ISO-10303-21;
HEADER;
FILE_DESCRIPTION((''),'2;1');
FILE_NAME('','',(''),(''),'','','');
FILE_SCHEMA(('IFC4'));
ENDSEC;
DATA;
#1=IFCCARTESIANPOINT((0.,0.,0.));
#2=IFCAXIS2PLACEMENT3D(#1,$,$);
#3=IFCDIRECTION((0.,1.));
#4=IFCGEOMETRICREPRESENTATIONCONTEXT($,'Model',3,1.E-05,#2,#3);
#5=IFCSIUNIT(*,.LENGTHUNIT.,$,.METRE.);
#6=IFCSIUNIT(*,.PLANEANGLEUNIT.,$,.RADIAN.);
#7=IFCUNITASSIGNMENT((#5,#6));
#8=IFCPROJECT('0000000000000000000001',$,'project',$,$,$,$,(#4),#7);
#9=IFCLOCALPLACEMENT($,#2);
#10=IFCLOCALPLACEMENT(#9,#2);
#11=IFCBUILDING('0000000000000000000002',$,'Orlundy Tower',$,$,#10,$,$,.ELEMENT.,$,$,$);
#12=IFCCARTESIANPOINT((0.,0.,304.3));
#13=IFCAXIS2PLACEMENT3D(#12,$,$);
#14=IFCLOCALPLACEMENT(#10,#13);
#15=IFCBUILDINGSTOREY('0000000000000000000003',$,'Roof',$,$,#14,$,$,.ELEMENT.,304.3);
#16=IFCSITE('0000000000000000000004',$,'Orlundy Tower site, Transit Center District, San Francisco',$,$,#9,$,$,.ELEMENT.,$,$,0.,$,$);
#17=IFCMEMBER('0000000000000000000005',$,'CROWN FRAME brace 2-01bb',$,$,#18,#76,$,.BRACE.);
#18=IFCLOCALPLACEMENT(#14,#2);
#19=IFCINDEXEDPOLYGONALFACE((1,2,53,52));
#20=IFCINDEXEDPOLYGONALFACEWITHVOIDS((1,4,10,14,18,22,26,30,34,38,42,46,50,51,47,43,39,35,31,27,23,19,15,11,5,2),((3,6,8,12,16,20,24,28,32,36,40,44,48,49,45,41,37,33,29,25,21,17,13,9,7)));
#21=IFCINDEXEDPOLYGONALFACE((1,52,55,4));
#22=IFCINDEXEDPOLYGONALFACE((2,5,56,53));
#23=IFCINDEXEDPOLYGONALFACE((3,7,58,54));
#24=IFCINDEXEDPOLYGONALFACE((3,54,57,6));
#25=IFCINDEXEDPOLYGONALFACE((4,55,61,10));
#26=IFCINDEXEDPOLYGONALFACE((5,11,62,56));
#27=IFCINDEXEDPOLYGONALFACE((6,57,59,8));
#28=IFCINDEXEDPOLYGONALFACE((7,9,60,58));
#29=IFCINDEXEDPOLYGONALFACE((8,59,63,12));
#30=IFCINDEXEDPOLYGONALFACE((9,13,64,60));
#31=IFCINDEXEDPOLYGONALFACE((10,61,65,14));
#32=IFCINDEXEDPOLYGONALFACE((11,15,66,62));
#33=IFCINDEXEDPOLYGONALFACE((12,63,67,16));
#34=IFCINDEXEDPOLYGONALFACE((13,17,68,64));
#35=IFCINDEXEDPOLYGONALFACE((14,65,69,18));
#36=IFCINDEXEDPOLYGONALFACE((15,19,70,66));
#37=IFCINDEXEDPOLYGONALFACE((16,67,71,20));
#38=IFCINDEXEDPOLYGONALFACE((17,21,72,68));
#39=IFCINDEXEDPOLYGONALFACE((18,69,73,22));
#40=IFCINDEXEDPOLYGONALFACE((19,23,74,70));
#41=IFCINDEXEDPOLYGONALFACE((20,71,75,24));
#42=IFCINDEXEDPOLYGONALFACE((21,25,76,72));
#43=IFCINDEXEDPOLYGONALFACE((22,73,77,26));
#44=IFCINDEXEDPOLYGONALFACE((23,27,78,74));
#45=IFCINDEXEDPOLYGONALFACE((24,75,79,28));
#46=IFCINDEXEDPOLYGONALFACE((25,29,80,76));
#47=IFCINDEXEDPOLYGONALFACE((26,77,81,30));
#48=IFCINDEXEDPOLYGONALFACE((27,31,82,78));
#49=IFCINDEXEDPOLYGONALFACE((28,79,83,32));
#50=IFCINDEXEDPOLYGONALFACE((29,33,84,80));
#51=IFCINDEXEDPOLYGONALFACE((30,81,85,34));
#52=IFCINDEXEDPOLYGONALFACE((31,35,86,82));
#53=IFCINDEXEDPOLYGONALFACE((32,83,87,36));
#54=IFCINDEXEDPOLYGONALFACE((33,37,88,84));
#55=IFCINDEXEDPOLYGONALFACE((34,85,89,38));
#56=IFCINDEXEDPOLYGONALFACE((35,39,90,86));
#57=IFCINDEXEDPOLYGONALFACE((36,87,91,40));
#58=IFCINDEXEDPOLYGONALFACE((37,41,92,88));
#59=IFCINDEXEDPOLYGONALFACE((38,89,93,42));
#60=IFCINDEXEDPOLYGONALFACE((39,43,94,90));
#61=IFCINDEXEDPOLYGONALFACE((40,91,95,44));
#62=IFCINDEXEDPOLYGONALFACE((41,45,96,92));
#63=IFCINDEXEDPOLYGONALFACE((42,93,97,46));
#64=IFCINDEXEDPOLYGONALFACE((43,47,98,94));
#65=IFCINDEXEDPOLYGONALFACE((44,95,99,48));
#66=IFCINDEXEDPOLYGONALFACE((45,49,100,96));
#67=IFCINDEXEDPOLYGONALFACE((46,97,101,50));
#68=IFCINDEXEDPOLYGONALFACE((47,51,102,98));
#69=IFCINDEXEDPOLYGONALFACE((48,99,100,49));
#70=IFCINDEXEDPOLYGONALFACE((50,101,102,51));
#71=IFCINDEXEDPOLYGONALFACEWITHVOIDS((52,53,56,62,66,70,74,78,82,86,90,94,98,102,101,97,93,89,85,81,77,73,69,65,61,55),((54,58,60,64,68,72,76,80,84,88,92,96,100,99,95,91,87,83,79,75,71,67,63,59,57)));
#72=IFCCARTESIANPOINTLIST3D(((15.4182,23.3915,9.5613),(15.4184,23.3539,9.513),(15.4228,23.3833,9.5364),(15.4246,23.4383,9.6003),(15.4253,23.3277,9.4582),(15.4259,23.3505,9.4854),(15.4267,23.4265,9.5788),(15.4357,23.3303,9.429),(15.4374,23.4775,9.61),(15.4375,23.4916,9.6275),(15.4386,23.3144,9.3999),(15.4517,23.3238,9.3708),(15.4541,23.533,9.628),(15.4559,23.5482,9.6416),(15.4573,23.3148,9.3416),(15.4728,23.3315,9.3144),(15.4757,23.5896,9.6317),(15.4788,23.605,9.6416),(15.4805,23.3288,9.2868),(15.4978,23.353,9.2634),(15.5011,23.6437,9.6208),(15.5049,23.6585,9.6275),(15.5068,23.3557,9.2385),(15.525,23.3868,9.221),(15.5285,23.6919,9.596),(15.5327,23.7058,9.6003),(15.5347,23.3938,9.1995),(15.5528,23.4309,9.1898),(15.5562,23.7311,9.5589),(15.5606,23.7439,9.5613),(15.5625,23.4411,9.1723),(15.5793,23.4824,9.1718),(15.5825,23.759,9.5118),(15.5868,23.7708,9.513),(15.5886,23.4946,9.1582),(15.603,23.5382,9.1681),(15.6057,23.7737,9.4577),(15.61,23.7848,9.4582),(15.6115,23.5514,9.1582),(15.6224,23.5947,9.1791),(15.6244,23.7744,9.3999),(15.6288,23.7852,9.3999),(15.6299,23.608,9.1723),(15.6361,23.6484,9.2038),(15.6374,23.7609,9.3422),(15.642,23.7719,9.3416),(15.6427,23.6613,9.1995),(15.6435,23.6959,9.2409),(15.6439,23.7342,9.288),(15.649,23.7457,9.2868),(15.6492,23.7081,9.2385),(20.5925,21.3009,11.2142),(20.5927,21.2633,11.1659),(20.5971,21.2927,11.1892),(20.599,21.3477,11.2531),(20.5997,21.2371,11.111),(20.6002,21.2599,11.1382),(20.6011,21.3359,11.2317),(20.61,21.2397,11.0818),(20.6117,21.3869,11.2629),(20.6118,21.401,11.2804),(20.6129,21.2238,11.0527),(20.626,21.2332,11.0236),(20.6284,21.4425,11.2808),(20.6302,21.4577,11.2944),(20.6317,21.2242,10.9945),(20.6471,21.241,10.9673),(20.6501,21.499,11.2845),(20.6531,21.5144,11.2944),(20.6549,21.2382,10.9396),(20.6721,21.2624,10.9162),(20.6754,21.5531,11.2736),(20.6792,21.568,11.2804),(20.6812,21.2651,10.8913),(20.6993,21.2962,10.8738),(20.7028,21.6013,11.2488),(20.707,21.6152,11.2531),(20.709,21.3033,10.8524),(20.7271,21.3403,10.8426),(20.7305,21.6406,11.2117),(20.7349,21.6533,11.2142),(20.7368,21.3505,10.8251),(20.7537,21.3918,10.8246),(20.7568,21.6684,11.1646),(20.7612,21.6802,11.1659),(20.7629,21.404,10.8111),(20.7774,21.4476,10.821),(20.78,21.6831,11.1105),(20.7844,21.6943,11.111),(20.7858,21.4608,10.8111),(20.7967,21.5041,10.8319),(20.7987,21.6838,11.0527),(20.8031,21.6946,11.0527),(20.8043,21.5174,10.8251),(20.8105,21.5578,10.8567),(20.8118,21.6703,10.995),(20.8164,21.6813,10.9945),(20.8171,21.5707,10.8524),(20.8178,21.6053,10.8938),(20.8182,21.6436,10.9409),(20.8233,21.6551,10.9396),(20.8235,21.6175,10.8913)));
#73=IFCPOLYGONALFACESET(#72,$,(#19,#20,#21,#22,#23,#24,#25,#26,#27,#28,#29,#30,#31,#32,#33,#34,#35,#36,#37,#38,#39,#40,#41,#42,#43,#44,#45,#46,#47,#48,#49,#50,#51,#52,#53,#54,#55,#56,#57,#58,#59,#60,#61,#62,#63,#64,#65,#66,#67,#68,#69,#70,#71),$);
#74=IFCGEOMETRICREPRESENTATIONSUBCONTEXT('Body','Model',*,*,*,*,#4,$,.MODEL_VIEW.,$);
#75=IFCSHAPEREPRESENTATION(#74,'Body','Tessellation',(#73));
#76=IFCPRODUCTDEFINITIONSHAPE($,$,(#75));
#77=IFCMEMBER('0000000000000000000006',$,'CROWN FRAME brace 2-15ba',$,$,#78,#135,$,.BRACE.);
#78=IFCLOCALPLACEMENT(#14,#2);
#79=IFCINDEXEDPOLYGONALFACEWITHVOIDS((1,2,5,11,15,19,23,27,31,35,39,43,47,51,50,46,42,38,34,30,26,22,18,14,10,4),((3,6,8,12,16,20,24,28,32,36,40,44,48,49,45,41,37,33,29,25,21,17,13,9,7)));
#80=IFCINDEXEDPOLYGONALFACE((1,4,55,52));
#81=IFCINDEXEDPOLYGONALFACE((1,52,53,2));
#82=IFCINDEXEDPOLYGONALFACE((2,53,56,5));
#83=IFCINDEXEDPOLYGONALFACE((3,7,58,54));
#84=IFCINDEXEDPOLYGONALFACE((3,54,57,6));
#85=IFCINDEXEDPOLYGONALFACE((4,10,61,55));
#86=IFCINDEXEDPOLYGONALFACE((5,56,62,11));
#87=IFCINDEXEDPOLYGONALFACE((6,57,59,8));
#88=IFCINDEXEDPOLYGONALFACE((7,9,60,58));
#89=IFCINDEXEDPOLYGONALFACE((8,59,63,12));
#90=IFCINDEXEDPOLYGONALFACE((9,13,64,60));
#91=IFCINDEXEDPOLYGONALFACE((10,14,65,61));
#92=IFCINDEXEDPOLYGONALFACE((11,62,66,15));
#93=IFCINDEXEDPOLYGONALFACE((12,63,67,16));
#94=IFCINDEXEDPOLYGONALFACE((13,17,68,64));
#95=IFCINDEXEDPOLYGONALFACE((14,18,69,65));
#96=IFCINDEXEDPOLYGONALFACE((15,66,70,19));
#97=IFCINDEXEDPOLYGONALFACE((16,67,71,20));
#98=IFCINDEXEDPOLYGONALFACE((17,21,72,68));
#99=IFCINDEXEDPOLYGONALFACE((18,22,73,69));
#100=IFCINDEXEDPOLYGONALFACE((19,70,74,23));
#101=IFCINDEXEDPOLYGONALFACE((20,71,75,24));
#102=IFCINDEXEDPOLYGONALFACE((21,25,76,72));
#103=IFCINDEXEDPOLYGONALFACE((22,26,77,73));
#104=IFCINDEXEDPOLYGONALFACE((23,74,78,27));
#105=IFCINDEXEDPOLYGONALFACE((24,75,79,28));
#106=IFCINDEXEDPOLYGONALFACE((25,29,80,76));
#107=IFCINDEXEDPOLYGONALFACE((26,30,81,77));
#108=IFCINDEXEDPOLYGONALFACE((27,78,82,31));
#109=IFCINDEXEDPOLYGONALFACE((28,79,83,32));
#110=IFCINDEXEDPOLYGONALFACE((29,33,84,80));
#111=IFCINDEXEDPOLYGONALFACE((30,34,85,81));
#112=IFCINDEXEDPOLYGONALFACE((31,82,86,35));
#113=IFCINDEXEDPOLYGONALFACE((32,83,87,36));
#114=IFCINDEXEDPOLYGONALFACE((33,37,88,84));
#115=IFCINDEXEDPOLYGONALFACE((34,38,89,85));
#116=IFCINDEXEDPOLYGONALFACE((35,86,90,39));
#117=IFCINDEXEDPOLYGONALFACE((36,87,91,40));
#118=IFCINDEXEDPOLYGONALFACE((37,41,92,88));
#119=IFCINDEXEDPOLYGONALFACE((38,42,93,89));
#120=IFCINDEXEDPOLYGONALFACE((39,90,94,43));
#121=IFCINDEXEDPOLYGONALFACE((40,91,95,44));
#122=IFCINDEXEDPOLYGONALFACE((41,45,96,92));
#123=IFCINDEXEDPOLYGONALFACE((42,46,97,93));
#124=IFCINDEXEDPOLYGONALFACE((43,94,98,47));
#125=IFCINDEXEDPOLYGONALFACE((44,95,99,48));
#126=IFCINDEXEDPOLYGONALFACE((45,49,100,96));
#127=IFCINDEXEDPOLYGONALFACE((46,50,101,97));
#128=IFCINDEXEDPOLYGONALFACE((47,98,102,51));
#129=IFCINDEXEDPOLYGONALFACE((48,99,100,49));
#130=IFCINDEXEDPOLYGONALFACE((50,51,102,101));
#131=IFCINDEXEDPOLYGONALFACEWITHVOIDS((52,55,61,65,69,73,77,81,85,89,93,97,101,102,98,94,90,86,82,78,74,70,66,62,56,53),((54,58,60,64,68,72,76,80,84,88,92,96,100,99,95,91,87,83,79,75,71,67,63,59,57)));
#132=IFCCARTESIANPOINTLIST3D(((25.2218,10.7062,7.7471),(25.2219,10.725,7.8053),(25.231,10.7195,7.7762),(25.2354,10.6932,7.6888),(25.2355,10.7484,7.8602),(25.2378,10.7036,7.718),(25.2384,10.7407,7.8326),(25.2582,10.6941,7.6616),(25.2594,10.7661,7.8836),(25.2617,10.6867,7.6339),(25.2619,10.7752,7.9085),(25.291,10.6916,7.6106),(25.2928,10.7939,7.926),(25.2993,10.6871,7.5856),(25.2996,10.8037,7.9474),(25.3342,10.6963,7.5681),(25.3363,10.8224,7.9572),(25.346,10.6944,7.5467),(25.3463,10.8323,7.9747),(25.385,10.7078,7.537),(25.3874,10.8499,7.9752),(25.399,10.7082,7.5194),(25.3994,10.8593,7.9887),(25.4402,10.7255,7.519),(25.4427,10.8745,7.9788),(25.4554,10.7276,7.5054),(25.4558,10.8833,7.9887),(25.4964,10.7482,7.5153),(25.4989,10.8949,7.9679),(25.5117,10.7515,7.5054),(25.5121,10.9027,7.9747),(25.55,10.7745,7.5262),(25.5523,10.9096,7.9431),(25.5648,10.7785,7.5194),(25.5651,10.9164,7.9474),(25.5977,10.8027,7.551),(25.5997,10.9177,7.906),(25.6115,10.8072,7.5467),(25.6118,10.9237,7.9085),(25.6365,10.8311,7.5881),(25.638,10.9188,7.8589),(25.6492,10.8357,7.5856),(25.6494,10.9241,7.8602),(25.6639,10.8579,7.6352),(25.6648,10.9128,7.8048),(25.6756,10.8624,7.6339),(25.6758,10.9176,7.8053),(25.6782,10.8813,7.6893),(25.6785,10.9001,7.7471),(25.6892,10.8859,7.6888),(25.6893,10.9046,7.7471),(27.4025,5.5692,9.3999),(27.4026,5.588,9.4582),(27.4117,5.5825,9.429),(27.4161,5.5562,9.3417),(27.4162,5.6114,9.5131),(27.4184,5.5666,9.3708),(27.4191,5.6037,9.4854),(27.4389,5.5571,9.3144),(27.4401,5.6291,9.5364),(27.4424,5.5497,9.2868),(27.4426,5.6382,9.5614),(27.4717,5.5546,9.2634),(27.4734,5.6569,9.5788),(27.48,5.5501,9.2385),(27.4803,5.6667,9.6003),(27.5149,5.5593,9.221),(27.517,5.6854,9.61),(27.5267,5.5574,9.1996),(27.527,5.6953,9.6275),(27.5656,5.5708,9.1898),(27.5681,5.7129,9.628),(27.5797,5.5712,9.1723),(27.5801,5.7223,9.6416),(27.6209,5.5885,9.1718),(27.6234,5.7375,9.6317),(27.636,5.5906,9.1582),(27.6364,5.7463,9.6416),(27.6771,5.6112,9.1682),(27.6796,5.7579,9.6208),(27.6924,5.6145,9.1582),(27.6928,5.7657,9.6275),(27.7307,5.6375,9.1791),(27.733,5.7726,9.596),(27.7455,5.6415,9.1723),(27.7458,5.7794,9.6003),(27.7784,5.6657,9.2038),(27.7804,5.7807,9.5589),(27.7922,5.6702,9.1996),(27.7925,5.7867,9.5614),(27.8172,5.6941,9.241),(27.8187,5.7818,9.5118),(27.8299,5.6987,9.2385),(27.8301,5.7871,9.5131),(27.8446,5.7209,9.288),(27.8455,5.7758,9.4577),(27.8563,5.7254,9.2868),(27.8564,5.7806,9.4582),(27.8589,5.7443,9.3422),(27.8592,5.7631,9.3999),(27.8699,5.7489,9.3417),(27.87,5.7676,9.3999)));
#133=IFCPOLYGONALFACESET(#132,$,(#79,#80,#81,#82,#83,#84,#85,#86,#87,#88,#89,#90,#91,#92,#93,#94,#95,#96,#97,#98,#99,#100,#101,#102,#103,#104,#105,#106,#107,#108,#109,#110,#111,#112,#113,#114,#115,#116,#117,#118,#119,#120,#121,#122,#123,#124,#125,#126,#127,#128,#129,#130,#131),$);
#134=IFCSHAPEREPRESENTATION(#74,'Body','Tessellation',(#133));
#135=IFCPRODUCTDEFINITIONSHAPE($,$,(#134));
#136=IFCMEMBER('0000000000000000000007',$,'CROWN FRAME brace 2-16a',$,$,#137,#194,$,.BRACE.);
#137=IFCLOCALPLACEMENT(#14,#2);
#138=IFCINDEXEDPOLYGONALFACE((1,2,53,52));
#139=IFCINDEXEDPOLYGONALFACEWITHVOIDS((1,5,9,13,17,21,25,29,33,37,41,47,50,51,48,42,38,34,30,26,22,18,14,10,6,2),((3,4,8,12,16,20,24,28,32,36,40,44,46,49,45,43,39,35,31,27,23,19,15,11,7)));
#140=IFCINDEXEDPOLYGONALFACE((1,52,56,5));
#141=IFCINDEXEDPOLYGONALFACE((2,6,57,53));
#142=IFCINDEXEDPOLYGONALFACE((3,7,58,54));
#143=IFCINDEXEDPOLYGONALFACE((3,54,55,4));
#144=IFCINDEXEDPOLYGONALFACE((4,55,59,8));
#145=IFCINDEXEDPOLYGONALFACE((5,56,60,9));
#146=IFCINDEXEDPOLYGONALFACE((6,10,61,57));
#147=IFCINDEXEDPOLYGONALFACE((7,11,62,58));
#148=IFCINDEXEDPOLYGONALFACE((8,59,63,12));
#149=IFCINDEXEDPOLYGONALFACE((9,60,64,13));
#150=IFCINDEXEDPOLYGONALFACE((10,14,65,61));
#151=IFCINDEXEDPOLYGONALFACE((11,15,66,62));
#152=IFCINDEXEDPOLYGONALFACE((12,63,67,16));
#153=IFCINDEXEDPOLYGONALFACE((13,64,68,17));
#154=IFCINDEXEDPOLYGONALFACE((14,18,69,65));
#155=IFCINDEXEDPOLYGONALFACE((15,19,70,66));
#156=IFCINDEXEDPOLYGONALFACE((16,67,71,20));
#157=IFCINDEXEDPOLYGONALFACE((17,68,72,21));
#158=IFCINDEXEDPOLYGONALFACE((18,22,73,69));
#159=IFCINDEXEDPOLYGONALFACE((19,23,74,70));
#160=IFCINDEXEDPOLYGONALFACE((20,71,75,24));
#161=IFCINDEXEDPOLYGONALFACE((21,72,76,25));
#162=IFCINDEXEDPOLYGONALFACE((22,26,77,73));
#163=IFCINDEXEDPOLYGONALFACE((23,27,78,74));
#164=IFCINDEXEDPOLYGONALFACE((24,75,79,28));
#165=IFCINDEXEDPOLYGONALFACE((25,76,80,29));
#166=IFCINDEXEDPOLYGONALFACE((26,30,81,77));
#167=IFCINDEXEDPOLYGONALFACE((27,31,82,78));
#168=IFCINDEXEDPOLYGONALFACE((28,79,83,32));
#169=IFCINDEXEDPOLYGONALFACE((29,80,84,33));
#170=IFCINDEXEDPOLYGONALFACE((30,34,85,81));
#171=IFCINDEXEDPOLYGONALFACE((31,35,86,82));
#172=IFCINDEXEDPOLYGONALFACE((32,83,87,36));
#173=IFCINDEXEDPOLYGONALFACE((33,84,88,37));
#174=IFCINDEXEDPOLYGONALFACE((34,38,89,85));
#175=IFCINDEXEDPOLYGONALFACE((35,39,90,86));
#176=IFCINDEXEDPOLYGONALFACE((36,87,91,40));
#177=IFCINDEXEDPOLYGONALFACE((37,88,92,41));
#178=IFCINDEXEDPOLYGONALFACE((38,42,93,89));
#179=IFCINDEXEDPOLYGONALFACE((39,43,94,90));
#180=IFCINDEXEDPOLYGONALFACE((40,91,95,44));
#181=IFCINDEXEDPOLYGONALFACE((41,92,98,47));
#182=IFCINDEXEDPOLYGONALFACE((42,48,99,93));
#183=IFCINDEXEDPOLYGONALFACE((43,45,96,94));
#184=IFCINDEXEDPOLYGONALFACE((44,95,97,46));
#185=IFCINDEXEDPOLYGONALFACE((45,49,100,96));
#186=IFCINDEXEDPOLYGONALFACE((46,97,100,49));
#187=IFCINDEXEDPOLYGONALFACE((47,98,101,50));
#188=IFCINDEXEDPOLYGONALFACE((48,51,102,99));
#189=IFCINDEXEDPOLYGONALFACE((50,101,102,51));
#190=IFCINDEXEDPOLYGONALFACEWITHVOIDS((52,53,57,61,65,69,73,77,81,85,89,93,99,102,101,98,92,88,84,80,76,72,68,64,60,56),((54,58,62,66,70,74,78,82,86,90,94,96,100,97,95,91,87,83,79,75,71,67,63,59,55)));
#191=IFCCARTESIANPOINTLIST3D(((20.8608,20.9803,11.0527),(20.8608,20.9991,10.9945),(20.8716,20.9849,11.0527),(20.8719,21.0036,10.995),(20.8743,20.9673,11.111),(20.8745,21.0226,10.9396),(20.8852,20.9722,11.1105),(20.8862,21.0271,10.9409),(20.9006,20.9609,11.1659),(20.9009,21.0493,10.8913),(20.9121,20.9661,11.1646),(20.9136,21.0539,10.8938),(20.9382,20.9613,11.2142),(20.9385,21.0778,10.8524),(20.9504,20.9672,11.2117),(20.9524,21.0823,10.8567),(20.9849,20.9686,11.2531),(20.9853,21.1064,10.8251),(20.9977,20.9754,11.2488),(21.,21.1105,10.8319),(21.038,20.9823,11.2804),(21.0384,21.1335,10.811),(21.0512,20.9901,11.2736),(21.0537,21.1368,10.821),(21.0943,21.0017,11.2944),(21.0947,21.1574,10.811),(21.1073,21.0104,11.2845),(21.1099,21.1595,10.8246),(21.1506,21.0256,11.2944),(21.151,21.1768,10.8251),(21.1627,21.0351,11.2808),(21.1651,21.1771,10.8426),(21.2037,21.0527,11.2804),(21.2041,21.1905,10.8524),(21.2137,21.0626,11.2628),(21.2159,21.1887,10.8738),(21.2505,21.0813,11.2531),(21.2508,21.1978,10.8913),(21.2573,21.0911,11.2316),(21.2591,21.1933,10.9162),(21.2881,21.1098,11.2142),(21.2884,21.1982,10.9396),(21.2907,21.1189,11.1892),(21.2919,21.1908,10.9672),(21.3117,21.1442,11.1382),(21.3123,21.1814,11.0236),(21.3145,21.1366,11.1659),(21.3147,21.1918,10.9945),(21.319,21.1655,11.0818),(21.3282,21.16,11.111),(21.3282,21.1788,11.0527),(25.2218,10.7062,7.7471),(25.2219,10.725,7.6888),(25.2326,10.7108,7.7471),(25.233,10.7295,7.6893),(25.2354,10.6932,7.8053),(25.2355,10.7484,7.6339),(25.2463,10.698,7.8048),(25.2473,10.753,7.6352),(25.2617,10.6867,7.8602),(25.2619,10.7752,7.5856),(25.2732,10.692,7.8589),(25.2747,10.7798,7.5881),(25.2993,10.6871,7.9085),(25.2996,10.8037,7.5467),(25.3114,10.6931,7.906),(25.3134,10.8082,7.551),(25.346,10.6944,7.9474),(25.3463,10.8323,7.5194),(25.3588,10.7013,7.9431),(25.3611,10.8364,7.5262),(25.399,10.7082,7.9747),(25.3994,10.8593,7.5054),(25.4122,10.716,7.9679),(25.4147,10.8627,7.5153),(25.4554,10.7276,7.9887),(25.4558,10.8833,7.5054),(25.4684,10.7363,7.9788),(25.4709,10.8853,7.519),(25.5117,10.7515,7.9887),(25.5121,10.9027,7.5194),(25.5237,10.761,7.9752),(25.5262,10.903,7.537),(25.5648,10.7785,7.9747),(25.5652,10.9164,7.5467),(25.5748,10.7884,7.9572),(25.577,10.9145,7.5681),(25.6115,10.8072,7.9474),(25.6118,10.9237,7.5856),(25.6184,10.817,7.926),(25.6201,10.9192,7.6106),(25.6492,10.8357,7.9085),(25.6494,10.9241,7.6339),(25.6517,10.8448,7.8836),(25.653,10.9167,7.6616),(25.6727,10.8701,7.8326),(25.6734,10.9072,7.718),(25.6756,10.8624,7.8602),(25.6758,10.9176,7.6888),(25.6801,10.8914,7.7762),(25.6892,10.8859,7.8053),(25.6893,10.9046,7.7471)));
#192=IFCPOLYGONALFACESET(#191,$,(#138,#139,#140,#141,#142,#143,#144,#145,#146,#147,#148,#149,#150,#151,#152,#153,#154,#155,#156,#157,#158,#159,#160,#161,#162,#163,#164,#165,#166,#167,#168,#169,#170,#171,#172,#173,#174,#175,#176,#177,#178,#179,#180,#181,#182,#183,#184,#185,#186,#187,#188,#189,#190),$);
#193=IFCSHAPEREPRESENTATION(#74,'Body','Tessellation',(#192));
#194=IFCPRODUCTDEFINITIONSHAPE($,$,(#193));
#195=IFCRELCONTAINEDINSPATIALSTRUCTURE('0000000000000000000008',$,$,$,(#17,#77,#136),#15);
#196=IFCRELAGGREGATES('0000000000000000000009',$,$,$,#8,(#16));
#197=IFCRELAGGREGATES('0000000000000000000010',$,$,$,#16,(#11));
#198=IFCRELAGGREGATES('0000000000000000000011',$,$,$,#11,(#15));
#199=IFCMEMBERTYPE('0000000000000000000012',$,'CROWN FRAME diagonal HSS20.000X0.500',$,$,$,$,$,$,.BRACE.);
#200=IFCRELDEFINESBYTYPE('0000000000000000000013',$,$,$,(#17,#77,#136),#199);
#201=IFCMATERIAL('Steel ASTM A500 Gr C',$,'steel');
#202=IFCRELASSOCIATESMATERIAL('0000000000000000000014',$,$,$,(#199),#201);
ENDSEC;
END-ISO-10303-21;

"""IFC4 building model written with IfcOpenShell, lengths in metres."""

from ifc_helpers import new_model, si_unit, direction, frame, origin, origin_2d, place, context, subcontext, project, spatial, hollow_circle, extrude, material, material_profile, profile_set, type_object, element, save


model = new_model("IFC4")

# Units and contexts
model_context = context("Model", 3, precision=1e-05, world=origin(), true_north=direction((0.0, 1.0)))
body_context = subcontext(model_context, "Body", "Model", "MODEL_VIEW")
ifc_project = project(units=[si_unit("LENGTHUNIT", "METRE"), si_unit("PLANEANGLEUNIT", "RADIAN")], contexts=[model_context])

# Site, building, storey
site_placement = place(None, origin())
site = spatial("IfcSite", under=ifc_project, at=site_placement, Name="Orlundy Tower site, Transit Center District, San Francisco", CompositionType="ELEMENT", RefElevation=0.0)
building_placement = place(site_placement, origin())
building = spatial("IfcBuilding", under=site, at=building_placement, Name="Orlundy Tower", CompositionType="ELEMENT")
storey_placement = place(building_placement, frame((0.0, 0.0, 304.3)))
storey = spatial("IfcBuildingStorey", under=building, at=storey_placement, Name="Roof", CompositionType="ELEMENT", Elevation=304.3)

# Members
ifc_material_1 = material(Name="Steel ASTM A500 Gr C", Category="steel")
ifc_material_profile_1 = material_profile(ifc_material_1, hollow_circle(Radius=0.2539, WallThickness=0.0117, at=origin_2d()), Name="HSS20.000X0.500")
ifc_profile_set_1 = profile_set([ifc_material_profile_1], Name="Steel ASTM A500 Gr C")
member_type_1 = type_object("IfcMemberType", Name="CROWN FRAME diagonal HSS20.000X0.500", PredefinedType="BRACE", material=ifc_profile_set_1)
for number, where, z_axis, x_axis, name in (
    (1, (15.5337, 23.5498, 9.3999), (0.889012, -0.359187, 0.283977), (0.374609, 0.927183, 0.0), "CROWN FRAME brace 2-01bb"),
    (2, (25.4556, 10.8054, 7.7471), (0.374667, -0.882599, 0.283979), (0.920495, 0.390754, 0.0), "CROWN FRAME brace 2-15ba"),
):
    element("IfcMember", number, at=place(storey_placement, frame(where, z_axis=z_axis, x_axis=x_axis)), inside=storey, type_object=member_type_1, Name=name, PredefinedType="BRACE", context=body_context, shape_type="SweptSolid", body=[
        extrude(hollow_circle(Radius=0.2539, WallThickness=0.0117, at=origin_2d()), origin(), (0.0, 0.0, 1.0), 5.8203),
    ])
member_1_placement = place(storey_placement, frame((25.4556, 10.8054, 7.7471), z_axis=(-0.374642, 0.88261, 0.283976), x_axis=(-0.920506, -0.390728, 0.0)))
element("IfcMember", 3, at=member_1_placement, inside=storey, type_object=member_type_1, Name="CROWN FRAME brace 2-16a", PredefinedType="BRACE", context=body_context, shape_type="SweptSolid", body=[
    extrude(hollow_circle(Radius=0.2539, WallThickness=0.0117, at=origin_2d()), origin(), (0.0, 0.0, 1.0), 11.6406),
])

save(model, "model.ifc")
